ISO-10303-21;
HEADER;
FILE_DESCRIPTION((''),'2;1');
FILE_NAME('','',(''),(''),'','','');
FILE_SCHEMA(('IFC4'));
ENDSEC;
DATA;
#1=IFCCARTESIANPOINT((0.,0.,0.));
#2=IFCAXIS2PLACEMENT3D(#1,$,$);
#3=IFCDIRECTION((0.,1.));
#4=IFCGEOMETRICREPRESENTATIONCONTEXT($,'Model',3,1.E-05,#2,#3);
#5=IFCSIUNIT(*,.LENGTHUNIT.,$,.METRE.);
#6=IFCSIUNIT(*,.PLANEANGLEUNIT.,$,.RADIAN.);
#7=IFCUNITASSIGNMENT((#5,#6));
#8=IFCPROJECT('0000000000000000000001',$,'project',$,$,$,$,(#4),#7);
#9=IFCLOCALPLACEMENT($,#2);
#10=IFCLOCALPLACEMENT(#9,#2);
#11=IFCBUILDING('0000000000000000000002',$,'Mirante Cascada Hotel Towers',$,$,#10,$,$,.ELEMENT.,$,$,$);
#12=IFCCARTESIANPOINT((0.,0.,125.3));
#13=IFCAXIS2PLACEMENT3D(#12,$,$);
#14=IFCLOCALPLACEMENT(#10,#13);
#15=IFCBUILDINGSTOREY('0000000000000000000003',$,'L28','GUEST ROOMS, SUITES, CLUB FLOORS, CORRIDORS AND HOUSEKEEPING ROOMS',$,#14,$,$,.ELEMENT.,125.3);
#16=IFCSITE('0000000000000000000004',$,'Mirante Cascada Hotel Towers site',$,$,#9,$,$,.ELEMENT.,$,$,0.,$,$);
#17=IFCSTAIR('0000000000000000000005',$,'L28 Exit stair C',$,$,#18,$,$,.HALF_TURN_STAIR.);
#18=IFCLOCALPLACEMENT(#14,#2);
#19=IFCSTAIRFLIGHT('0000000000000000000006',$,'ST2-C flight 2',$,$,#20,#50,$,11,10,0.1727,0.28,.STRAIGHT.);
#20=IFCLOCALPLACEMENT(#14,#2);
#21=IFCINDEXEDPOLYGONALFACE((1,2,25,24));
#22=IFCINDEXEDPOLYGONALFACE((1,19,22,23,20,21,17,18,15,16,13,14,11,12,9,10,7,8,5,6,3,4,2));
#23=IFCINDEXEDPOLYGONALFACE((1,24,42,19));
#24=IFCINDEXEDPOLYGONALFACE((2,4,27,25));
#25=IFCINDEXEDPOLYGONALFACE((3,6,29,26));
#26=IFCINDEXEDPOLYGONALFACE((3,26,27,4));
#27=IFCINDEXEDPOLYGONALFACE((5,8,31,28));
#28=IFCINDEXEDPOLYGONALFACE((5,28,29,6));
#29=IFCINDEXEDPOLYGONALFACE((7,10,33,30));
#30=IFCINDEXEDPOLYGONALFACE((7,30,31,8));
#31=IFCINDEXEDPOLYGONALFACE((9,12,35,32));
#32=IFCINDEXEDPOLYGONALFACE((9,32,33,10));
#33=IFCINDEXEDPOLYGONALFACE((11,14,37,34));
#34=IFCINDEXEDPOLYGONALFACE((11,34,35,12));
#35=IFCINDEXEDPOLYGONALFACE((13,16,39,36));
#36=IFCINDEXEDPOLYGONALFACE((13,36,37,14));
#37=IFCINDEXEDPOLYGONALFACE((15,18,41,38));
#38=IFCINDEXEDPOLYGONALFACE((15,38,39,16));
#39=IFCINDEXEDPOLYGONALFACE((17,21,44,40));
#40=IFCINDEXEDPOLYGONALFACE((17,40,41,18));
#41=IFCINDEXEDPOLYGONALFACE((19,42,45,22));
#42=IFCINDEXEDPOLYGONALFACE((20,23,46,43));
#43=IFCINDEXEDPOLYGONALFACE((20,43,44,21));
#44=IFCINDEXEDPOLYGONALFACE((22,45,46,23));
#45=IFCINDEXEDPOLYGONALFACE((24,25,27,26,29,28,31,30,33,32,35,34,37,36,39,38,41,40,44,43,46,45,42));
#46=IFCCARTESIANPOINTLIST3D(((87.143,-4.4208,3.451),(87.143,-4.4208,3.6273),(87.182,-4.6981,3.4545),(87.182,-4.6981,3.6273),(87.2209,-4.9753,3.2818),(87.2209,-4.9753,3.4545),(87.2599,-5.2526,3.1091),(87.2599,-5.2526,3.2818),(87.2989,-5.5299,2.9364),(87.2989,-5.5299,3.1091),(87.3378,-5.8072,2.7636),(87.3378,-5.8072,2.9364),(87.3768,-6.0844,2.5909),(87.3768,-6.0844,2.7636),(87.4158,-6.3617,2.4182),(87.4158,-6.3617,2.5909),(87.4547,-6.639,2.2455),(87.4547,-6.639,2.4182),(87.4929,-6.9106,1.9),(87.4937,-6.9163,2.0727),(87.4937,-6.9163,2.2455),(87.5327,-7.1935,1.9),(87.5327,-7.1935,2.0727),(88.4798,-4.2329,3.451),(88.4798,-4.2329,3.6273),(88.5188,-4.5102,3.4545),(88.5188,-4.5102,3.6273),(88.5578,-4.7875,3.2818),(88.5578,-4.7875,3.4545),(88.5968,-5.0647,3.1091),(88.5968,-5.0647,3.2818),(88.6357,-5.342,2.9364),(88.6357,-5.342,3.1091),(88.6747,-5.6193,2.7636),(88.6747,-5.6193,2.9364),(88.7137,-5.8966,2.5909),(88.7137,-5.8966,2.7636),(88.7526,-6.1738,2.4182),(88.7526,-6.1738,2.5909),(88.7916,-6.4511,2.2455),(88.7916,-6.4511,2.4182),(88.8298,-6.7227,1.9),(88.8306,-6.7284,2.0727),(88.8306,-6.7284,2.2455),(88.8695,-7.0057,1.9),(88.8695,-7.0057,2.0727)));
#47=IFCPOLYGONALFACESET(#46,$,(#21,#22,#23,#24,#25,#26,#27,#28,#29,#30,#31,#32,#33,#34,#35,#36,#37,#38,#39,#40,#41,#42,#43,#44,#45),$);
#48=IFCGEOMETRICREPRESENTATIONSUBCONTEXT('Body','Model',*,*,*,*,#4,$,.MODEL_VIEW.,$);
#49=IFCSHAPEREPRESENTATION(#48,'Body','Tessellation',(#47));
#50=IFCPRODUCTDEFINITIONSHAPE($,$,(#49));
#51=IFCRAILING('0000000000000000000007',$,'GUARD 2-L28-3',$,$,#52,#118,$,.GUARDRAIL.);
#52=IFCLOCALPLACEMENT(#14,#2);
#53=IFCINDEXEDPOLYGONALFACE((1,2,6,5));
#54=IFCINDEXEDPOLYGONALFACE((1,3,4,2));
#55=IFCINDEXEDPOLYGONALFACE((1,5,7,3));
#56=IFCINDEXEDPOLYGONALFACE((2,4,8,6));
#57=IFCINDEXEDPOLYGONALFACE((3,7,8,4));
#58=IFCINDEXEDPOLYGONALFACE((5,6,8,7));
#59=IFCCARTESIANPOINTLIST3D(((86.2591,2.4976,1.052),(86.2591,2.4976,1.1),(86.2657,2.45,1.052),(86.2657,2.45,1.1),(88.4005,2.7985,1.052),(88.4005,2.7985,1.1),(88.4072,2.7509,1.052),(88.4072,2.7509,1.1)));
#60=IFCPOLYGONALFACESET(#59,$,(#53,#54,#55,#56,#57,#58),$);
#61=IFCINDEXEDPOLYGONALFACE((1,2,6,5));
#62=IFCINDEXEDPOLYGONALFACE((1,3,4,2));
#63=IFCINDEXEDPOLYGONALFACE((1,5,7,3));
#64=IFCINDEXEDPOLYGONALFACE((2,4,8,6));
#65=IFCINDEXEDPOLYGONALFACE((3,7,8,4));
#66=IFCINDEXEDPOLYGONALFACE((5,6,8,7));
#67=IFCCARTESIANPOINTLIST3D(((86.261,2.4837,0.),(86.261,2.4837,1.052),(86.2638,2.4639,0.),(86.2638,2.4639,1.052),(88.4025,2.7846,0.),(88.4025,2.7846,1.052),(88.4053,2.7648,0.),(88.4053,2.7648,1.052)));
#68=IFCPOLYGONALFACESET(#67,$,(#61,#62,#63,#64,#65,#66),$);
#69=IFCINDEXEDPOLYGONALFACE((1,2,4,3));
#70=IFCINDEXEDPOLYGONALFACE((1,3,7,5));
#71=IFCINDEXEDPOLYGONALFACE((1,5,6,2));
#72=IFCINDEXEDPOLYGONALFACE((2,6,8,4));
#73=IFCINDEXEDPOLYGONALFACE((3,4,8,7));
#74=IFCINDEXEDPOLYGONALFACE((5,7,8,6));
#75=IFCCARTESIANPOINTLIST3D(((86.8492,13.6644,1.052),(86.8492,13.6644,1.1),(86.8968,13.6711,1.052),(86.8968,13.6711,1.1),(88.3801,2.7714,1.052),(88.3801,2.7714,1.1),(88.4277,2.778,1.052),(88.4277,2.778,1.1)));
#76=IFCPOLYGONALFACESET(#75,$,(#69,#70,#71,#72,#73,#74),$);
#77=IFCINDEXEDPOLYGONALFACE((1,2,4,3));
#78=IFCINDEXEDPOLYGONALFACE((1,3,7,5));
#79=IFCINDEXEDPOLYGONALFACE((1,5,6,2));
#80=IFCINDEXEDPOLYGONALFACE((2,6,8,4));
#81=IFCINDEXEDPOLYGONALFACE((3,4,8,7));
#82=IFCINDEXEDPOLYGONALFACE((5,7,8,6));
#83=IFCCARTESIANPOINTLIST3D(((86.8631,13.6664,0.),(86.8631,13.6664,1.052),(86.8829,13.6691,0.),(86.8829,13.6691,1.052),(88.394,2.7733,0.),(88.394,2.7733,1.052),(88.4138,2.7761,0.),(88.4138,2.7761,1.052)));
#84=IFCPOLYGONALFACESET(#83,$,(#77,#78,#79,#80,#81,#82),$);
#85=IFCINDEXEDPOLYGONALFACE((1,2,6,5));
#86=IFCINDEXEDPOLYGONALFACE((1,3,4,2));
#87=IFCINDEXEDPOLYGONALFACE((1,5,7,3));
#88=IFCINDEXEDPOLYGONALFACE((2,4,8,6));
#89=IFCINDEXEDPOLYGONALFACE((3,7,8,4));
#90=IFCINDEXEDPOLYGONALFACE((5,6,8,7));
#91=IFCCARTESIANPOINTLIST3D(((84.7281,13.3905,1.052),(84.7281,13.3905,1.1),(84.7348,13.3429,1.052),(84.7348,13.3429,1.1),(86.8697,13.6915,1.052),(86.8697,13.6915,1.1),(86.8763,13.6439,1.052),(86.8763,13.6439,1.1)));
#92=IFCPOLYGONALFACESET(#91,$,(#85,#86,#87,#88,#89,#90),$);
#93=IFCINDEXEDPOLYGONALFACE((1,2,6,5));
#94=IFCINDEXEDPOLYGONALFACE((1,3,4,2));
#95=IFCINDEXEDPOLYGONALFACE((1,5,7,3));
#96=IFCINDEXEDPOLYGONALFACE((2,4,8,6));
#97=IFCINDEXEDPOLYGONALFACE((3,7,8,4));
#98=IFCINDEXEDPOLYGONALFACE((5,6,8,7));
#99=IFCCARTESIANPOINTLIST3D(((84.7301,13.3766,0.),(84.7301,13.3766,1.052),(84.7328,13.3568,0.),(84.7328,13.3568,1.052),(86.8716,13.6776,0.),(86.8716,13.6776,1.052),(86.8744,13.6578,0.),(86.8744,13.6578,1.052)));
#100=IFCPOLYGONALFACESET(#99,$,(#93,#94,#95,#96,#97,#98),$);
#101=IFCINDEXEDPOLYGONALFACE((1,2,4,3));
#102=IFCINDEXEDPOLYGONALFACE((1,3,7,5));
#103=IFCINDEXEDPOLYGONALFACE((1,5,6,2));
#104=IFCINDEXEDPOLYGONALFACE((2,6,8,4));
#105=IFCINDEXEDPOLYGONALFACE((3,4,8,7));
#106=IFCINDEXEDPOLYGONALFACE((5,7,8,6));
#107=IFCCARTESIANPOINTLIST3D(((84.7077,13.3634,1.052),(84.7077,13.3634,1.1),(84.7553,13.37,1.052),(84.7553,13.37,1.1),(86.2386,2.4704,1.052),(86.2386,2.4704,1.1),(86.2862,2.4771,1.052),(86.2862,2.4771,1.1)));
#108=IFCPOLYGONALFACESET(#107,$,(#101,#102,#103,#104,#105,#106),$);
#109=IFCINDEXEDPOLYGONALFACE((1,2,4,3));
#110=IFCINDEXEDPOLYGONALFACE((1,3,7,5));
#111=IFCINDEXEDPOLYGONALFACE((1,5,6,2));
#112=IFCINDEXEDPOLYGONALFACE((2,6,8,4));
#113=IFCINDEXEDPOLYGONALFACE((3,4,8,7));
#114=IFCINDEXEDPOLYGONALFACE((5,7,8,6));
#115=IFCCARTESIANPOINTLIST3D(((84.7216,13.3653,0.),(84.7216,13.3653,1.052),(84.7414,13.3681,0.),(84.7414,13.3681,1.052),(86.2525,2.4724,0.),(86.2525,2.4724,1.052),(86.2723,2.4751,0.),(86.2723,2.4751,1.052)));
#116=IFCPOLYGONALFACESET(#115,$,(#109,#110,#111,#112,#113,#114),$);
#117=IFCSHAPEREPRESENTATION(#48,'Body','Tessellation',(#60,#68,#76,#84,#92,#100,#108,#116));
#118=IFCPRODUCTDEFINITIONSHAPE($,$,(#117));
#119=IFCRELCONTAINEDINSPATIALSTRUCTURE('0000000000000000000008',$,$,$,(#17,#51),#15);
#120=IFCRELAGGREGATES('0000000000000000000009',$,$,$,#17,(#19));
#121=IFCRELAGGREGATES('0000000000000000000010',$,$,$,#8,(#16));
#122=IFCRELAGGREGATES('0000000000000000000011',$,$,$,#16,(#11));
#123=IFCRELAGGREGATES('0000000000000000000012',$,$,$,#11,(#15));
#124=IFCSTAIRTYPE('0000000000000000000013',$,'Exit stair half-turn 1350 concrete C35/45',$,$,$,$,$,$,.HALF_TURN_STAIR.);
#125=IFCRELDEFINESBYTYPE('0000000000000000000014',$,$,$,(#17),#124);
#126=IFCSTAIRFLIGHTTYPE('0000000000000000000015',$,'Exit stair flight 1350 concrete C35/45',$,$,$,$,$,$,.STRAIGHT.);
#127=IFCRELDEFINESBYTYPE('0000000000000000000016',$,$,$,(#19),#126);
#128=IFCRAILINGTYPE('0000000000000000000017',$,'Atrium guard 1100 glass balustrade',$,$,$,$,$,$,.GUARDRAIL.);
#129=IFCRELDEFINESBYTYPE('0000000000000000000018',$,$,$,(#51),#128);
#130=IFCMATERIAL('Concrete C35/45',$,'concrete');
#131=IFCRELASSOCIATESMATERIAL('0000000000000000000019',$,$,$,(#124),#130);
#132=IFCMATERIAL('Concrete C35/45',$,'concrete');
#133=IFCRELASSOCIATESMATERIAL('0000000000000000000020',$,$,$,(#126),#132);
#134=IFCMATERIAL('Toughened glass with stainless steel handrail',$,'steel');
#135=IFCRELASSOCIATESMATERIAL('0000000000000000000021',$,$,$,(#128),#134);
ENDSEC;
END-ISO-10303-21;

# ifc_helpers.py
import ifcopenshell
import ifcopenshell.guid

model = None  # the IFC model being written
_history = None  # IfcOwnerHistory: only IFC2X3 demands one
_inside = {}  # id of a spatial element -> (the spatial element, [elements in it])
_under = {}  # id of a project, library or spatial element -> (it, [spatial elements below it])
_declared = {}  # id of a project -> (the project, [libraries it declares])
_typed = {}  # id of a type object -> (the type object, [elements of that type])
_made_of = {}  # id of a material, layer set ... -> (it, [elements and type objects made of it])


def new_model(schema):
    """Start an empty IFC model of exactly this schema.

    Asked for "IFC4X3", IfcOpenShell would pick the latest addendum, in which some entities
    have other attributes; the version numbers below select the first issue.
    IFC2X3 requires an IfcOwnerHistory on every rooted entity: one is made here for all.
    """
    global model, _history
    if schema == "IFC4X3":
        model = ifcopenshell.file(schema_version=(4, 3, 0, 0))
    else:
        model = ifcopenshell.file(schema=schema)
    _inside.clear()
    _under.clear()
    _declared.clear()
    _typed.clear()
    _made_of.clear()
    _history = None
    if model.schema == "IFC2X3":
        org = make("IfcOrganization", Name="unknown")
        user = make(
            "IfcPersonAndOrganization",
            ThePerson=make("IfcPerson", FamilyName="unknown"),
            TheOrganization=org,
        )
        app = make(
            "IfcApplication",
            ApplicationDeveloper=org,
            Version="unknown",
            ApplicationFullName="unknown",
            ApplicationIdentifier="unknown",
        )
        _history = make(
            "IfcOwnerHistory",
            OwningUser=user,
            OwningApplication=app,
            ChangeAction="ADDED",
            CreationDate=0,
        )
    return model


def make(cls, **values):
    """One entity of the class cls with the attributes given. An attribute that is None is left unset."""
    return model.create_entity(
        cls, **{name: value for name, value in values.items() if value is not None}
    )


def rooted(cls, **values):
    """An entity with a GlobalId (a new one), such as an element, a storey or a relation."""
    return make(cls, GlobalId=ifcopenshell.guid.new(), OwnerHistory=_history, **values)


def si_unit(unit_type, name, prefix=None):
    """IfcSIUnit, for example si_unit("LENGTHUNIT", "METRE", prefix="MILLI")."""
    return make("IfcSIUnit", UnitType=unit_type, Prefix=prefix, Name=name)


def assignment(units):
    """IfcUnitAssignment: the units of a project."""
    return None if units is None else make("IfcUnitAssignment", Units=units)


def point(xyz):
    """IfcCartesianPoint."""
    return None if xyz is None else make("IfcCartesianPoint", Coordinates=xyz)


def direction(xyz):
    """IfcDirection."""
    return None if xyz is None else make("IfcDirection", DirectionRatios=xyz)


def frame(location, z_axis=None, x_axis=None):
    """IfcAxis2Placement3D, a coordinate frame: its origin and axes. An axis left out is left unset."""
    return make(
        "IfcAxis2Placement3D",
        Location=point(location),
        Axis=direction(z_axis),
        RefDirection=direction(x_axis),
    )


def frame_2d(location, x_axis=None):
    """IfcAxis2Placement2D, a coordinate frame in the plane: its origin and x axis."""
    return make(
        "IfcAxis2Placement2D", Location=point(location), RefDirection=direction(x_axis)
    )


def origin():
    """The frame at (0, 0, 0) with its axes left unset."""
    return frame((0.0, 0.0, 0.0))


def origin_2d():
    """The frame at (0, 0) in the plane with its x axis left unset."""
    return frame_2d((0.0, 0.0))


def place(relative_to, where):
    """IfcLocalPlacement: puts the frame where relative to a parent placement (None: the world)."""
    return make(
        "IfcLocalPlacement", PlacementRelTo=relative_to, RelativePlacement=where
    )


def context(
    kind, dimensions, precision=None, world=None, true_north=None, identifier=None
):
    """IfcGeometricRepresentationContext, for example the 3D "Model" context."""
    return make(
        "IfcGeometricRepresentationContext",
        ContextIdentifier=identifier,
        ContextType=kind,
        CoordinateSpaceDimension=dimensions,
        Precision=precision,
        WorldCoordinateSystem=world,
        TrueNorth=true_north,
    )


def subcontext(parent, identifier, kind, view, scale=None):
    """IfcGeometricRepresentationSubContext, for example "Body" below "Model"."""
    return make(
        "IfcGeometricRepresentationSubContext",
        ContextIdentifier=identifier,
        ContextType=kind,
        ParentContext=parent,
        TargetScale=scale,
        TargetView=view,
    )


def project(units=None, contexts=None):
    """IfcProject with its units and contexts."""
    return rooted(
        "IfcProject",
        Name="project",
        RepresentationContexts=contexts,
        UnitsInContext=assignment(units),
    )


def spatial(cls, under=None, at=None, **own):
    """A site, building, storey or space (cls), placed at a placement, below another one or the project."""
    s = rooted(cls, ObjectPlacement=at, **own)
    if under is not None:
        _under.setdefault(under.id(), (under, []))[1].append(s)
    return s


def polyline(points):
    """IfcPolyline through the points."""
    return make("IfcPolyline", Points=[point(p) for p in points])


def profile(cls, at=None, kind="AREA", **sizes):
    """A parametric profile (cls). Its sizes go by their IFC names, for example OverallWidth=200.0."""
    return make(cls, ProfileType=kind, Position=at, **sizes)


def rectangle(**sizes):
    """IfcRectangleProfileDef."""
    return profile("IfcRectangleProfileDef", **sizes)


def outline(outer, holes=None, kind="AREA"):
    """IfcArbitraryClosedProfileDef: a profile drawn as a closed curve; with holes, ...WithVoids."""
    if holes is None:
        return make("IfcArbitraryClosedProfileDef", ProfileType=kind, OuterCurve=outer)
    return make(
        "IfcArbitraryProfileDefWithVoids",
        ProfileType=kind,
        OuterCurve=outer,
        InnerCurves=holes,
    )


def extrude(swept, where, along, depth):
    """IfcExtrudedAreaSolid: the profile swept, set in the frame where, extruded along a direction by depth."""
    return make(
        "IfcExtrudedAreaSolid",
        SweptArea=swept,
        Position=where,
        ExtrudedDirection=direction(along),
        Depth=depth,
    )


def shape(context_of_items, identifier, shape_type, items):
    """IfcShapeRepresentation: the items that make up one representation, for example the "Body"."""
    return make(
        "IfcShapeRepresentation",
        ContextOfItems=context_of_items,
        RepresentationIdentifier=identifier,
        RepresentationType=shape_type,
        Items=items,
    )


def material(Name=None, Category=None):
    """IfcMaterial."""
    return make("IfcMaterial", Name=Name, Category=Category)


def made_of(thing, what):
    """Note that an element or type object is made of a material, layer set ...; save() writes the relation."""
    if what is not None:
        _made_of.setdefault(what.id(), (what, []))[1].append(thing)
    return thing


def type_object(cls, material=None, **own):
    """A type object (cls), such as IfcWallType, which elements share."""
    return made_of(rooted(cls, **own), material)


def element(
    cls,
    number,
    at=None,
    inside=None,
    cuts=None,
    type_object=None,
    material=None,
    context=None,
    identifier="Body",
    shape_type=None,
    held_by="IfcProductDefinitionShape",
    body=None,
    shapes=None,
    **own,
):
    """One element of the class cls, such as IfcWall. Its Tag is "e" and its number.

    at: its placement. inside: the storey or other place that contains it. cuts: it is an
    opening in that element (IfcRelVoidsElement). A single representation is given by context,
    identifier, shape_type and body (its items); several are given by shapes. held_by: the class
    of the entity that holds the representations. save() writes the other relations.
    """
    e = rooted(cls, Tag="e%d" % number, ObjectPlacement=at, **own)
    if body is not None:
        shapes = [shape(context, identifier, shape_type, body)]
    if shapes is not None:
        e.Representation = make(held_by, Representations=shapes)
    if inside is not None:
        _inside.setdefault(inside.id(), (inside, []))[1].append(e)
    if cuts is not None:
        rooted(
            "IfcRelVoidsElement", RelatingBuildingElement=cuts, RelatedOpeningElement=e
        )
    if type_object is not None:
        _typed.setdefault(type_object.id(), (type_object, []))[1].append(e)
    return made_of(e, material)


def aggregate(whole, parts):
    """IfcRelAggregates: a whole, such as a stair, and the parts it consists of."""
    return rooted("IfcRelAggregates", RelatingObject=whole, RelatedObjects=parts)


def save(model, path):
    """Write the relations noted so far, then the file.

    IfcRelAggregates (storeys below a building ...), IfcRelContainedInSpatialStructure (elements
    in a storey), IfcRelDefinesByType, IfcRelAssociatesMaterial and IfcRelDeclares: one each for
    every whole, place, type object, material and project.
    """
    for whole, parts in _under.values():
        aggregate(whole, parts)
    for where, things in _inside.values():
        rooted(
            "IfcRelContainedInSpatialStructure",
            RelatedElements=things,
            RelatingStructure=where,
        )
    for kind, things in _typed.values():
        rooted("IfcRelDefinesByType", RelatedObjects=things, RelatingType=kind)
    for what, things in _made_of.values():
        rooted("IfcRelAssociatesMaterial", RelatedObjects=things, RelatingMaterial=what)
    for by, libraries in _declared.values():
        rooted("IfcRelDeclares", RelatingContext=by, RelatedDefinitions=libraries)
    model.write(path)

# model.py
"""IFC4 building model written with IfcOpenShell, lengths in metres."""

from ifc_helpers import new_model, si_unit, direction, frame, origin, origin_2d, place, context, subcontext, project, spatial, polyline, rectangle, outline, extrude, material, type_object, element, aggregate, save


model = new_model("IFC4")

# Units and contexts
model_context = context("Model", 3, precision=1e-05, world=origin(), true_north=direction((0.0, 1.0)))
body_context = subcontext(model_context, "Body", "Model", "MODEL_VIEW")
ifc_project = project(units=[si_unit("LENGTHUNIT", "METRE"), si_unit("PLANEANGLEUNIT", "RADIAN")], contexts=[model_context])

# Site, building, storey
site_placement = place(None, origin())
site = spatial("IfcSite", under=ifc_project, at=site_placement, Name="Mirante Cascada Hotel Towers site", CompositionType="ELEMENT", RefElevation=0.0)
building_placement = place(site_placement, origin())
building = spatial("IfcBuilding", under=site, at=building_placement, Name="Mirante Cascada Hotel Towers", CompositionType="ELEMENT")
storey_placement = place(building_placement, frame((0.0, 0.0, 125.3)))
storey = spatial("IfcBuildingStorey", under=building, at=storey_placement, Name="L28", Description="GUEST ROOMS, SUITES, CLUB FLOORS, CORRIDORS AND HOUSEKEEPING ROOMS", CompositionType="ELEMENT", Elevation=125.3)

# Stair, stair flight
ifc_material_1 = material(Name="Concrete C35/45", Category="concrete")
stair_type = type_object("IfcStairType", Name="Exit stair half-turn 1350 concrete C35/45", PredefinedType="HALF_TURN_STAIR", material=ifc_material_1)
stair_placement = place(storey_placement, origin())
stair = element("IfcStair", 1, at=stair_placement, inside=storey, type_object=stair_type, Name="L28 Exit stair C", PredefinedType="HALF_TURN_STAIR")
ifc_material_2 = material(Name="Concrete C35/45", Category="concrete")
stair_flight_type = type_object("IfcStairFlightType", Name="Exit stair flight 1350 concrete C35/45", PredefinedType="STRAIGHT", material=ifc_material_2)
stair_flight_1_placement = place(storey_placement, frame((88.2011, -7.0996, 1.9), z_axis=(0.0, 0.0, 1.0), x_axis=(-0.139173, 0.990268, 0.0)))
stair_flight_1 = element("IfcStairFlight", 2, at=stair_flight_1_placement, type_object=stair_flight_type, Name="ST2-C flight 2", NumberOfRisers=11, NumberOfTreads=10, PredefinedType="STRAIGHT", RiserHeight=0.1727, TreadLength=0.28, context=body_context, shape_type="SweptSolid", body=[
    extrude(outline(polyline([(0.0, 0.0), (0.0, 0.1727), (0.28, 0.1727), (0.28, 0.3455), (0.56, 0.3455), (0.56, 0.5182), (0.84, 0.5182), (0.84, 0.6909), (1.12, 0.6909), (1.12, 0.8636), (1.4, 0.8636), (1.4, 1.0364), (1.68, 1.0364), (1.68, 1.2091), (1.96, 1.2091), (1.96, 1.3818), (2.24, 1.3818), (2.24, 1.5545), (2.52, 1.5545), (2.52, 1.7273), (2.8, 1.7273), (2.8, 1.9), (2.8, 1.551), (0.2857, 0.0), (0.0, 0.0)])), frame((0.0, 0.675, 0.0), z_axis=(0.0, -1.0, 0.0), x_axis=(1.0, 0.0, 0.0)), (0.0, 0.0, 1.0), 1.35),
])
aggregate(stair, [stair_flight_1])

# Railing
ifc_material_3 = material(Name="Toughened glass with stainless steel handrail", Category="steel")
railing_type_1 = type_object("IfcRailingType", Name="Atrium guard 1100 glass balustrade", PredefinedType="GUARDRAIL", material=ifc_material_3)
railing_1_placement = place(storey_placement, frame((86.2624, 2.4738, 0.0)))
element("IfcRailing", 3, at=railing_1_placement, inside=storey, type_object=railing_type_1, Name="GUARD 2-L28-3", PredefinedType="GUARDRAIL", context=body_context, shape_type="SweptSolid", body=[
    extrude(rectangle(XDim=0.048, YDim=0.048, at=origin_2d()), frame((0.0, 0.0, 1.076), z_axis=(0.990272, 0.139142, 0.0), x_axis=(-0.139142, 0.990272, 0.0)), (0.0, 0.0, 1.0), 2.1625),
    extrude(rectangle(XDim=0.02, YDim=1.052, at=origin_2d()), frame((0.0, 0.0, 0.526), z_axis=(0.990272, 0.139142, 0.0), x_axis=(-0.139142, 0.990272, 0.0)), (0.0, 0.0, 1.0), 2.1625),
    extrude(rectangle(XDim=0.048, YDim=0.048, at=origin_2d()), frame((2.1415, 0.3009, 1.076), z_axis=(-0.139172, 0.990268, 0.0), x_axis=(-0.990268, -0.139172, 0.0)), (0.0, 0.0, 1.0), 11.0001),
    extrude(rectangle(XDim=0.02, YDim=1.052, at=origin_2d()), frame((2.1415, 0.3009, 0.526), z_axis=(-0.139172, 0.990268, 0.0), x_axis=(-0.990268, -0.139172, 0.0)), (0.0, 0.0, 1.0), 11.0001),
    extrude(rectangle(XDim=0.048, YDim=0.048, at=origin_2d()), frame((0.6106, 11.1939, 1.076), z_axis=(-0.990266, -0.139187, 0.0), x_axis=(0.139187, -0.990266, 0.0)), (0.0, 0.0, 1.0), 2.1626),
    extrude(rectangle(XDim=0.02, YDim=1.052, at=origin_2d()), frame((0.6106, 11.1939, 0.526), z_axis=(-0.990266, -0.139187, 0.0), x_axis=(0.139187, -0.990266, 0.0)), (0.0, 0.0, 1.0), 2.1626),
    extrude(rectangle(XDim=0.048, YDim=0.048, at=origin_2d()), frame((-1.5309, 10.8929, 1.076), z_axis=(0.139173, -0.990268, 0.0), x_axis=(0.990268, 0.139173, 0.0)), (0.0, 0.0, 1.0), 11.0),
    extrude(rectangle(XDim=0.02, YDim=1.052, at=origin_2d()), frame((-1.5309, 10.8929, 0.526), z_axis=(0.139173, -0.990268, 0.0), x_axis=(0.990268, 0.139173, 0.0)), (0.0, 0.0, 1.0), 11.0),
])

save(model, "model.ifc")
